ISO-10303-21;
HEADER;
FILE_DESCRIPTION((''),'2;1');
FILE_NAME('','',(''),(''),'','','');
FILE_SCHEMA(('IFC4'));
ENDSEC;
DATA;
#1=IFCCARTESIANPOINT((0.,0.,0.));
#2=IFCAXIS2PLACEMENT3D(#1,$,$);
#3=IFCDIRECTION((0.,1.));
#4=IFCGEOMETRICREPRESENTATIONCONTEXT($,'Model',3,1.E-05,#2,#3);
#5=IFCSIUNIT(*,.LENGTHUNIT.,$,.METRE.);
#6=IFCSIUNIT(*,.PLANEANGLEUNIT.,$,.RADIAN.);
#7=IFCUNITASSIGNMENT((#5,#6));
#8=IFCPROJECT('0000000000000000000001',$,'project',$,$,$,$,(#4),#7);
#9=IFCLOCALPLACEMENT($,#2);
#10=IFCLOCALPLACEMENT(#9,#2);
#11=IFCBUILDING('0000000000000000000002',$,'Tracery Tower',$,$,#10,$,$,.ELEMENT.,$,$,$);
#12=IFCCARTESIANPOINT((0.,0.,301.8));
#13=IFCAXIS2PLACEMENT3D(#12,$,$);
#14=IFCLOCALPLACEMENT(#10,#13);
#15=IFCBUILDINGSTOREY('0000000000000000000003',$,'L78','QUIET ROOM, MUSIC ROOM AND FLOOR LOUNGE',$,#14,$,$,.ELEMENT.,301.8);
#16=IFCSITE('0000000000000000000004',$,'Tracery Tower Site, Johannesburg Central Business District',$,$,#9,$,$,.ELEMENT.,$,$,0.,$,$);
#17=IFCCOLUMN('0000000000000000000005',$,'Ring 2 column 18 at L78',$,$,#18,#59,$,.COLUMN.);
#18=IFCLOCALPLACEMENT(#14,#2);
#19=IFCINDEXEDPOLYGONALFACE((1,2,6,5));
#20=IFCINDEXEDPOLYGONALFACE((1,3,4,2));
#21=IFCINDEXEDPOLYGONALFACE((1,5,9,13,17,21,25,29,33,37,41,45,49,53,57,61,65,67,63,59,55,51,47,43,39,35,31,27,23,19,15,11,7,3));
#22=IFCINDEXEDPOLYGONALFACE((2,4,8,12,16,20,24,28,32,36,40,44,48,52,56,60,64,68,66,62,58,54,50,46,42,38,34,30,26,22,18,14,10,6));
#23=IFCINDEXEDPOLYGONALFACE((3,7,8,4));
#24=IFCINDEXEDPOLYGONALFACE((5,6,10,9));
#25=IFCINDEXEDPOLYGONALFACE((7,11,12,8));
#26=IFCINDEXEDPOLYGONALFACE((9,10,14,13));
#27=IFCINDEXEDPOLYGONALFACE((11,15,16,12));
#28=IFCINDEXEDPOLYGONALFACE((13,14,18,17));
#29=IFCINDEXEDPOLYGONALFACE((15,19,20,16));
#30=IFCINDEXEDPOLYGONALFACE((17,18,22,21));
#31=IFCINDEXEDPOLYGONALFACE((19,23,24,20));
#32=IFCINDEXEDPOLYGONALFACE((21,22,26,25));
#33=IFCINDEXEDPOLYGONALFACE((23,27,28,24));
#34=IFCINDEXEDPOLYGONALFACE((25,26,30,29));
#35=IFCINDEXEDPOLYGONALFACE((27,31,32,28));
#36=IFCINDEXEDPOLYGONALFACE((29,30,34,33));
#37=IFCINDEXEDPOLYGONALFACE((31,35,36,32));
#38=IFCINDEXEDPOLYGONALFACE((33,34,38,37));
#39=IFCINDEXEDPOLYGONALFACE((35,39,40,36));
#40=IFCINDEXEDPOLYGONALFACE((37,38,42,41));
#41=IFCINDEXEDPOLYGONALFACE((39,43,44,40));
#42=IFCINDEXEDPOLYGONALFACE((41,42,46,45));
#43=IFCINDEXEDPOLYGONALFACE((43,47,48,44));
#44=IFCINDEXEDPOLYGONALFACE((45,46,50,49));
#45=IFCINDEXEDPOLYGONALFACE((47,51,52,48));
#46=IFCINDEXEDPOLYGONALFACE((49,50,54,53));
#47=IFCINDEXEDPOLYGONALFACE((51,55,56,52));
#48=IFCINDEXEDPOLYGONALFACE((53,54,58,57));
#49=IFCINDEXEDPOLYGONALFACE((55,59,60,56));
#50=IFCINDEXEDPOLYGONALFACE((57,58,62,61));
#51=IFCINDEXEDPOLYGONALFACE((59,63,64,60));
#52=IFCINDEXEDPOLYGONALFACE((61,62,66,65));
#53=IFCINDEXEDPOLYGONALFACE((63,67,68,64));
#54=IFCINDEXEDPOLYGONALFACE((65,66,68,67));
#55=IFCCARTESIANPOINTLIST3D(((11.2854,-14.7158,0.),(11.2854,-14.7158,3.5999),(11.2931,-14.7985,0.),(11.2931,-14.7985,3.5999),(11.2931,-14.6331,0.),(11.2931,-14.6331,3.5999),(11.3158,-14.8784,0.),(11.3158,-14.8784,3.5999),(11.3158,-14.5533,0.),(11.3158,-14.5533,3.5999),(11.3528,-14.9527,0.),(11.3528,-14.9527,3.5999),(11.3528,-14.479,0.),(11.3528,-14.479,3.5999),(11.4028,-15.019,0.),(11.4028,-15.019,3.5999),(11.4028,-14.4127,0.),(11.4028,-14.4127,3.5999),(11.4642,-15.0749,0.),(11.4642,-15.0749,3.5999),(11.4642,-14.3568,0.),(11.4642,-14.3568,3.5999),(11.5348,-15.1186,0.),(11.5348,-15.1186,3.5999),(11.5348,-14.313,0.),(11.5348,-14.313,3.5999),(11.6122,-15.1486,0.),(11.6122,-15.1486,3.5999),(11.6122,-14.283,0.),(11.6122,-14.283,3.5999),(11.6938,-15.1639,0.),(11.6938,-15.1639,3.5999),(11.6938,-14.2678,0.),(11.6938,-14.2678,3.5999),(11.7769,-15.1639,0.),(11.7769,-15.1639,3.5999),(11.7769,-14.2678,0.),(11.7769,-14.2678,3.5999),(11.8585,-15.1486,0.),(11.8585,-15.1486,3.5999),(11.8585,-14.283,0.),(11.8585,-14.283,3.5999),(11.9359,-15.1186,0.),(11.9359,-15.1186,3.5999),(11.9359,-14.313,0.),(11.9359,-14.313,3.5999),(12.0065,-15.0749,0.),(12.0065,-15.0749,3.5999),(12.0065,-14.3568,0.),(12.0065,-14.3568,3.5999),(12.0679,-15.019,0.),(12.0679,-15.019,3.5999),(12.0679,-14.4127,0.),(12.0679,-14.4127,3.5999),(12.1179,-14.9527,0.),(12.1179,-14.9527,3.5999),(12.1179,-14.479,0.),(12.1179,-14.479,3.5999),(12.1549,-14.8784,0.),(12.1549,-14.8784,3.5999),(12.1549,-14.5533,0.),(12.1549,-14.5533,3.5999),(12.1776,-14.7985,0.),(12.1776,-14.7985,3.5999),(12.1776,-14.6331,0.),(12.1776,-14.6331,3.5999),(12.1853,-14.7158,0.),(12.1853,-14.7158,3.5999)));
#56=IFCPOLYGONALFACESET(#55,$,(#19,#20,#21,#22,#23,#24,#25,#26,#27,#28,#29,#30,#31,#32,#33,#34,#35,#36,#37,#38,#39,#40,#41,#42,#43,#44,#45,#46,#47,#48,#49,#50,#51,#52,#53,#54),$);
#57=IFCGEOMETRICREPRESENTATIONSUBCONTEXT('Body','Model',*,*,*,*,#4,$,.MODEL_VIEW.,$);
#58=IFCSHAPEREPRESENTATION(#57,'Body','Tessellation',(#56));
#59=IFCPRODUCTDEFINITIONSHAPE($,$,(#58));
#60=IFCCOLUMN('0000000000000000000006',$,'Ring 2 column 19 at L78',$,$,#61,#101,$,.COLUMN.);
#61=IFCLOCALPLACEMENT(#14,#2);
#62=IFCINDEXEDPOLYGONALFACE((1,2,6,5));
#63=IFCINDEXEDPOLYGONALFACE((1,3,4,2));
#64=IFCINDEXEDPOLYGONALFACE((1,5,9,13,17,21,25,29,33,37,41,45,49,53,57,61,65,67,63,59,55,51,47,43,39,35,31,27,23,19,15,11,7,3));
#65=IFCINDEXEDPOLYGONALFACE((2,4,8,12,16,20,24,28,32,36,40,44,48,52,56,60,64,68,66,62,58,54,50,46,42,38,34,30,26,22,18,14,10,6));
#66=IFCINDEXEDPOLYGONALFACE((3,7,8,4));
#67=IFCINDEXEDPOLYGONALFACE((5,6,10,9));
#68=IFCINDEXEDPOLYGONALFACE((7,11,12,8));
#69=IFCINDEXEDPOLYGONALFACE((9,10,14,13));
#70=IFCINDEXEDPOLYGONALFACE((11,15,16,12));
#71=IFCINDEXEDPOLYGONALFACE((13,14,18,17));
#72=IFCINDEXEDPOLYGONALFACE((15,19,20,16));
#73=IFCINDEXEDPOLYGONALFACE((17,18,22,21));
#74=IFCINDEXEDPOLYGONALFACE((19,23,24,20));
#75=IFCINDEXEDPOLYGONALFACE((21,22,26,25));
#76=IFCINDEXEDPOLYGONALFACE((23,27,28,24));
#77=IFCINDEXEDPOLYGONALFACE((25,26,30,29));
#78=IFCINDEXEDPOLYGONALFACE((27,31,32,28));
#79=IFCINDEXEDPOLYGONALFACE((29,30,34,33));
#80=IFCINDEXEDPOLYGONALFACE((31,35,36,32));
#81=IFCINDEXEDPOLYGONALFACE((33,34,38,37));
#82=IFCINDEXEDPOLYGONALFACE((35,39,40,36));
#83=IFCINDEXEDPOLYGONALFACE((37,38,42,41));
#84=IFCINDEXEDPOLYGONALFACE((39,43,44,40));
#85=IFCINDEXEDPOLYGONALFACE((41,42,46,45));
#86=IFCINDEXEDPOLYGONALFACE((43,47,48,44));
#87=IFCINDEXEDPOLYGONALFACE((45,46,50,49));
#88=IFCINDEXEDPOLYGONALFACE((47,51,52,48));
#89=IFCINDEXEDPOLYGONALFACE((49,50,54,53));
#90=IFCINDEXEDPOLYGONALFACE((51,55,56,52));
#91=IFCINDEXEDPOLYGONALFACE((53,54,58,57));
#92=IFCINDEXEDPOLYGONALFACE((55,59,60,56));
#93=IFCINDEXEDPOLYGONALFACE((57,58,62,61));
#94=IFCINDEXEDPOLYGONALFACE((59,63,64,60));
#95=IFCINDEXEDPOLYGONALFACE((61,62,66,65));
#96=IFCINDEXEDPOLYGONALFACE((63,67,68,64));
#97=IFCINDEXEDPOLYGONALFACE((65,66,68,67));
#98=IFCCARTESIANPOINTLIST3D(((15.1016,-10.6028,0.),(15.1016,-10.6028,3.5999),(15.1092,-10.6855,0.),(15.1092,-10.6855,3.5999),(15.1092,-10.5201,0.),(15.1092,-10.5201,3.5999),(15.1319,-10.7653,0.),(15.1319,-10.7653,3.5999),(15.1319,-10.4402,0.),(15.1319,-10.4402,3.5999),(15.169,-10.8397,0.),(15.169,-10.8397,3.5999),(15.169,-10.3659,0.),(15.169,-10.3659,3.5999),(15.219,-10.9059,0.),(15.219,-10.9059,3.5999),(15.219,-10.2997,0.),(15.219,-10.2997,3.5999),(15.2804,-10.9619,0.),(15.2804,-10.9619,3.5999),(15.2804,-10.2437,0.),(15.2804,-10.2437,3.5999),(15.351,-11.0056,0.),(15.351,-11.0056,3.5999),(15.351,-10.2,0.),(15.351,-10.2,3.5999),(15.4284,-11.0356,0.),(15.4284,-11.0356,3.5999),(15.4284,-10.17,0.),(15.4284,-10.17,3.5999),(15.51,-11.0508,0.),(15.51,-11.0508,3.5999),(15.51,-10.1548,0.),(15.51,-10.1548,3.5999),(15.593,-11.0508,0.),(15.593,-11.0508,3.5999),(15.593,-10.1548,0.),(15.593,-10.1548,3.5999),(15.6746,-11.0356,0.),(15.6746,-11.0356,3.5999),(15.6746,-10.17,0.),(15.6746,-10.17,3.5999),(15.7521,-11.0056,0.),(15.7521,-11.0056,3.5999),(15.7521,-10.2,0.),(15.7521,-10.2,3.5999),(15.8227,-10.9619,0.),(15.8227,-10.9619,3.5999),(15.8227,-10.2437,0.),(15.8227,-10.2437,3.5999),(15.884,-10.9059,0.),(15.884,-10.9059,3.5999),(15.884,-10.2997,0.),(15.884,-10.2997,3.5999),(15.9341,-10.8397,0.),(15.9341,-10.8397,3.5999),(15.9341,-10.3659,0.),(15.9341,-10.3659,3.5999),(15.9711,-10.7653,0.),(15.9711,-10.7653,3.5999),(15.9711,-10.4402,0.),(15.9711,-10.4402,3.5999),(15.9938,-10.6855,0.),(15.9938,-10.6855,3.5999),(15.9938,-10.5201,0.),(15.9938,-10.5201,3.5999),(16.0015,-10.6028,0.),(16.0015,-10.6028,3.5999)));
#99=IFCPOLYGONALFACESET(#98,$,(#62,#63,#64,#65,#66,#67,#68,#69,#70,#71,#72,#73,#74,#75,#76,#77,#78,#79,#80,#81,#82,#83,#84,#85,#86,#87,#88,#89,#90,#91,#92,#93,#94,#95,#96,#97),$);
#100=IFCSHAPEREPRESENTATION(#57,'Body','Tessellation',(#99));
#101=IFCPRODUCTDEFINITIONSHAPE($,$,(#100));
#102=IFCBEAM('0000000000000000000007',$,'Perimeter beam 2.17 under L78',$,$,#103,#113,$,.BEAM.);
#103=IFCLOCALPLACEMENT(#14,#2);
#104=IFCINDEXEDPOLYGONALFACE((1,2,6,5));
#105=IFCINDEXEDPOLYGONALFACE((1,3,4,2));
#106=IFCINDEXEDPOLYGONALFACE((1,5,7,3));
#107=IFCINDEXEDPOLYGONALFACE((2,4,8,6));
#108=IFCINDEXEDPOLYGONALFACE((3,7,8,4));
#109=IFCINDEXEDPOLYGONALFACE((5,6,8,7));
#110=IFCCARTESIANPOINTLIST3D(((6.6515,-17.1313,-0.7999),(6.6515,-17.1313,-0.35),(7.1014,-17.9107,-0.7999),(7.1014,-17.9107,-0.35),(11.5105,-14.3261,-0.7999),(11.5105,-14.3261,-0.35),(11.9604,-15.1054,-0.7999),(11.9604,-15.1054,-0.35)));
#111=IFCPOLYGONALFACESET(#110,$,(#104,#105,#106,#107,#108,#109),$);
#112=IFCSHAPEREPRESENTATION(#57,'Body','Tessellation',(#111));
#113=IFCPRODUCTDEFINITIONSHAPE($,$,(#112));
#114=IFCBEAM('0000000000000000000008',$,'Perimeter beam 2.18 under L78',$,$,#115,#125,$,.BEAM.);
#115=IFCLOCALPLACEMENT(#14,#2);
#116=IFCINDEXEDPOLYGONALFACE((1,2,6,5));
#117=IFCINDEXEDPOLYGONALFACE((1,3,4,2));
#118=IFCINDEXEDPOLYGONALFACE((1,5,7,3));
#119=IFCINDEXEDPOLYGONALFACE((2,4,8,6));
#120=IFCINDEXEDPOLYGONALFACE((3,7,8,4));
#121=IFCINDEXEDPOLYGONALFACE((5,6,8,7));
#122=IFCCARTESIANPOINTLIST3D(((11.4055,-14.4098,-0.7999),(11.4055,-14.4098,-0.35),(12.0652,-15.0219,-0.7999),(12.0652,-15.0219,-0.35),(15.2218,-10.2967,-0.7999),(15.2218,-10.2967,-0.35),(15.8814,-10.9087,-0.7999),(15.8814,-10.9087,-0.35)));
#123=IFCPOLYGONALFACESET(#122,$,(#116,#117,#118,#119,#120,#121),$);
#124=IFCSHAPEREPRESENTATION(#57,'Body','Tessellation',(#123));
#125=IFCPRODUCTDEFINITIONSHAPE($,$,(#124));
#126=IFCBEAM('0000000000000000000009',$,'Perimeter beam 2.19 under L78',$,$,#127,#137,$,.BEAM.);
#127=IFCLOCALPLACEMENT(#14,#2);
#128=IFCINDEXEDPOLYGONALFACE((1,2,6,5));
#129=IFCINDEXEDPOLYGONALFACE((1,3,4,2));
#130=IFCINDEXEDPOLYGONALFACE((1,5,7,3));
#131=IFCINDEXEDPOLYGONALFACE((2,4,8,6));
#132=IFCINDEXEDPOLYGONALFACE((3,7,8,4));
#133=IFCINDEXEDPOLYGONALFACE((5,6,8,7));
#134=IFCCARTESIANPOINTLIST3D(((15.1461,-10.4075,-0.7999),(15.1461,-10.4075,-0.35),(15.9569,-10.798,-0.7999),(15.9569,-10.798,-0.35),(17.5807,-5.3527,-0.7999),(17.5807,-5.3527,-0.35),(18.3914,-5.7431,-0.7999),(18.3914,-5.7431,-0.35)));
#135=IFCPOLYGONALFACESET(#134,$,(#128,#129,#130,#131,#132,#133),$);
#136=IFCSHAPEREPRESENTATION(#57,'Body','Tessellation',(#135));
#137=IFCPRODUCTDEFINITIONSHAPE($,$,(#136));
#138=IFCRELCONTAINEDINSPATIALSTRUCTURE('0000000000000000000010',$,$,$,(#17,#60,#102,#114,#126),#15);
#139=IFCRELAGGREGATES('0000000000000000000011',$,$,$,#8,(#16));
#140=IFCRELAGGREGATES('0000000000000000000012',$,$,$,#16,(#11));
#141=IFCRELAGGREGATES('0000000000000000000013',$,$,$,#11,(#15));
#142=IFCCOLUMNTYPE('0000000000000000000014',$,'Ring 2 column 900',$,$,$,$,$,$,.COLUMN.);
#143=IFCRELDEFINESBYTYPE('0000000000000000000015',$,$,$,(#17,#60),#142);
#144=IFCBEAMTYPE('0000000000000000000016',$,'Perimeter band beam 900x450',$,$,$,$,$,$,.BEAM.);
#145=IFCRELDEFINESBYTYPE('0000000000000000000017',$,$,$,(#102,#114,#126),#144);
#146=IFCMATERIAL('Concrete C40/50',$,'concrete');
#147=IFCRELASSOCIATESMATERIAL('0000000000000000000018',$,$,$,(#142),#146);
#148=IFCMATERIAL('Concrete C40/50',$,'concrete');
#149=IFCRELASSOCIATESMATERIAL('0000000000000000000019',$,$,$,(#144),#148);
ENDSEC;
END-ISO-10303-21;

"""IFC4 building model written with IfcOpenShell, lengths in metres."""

from ifc_helpers import new_model, si_unit, direction, frame, origin, origin_2d, place, context, subcontext, project, spatial, rectangle, circle, extrude, material, material_profile, profile_set, type_object, element, save


model = new_model("IFC4")

# Units and contexts
model_context = context("Model", 3, precision=1e-05, world=origin(), true_north=direction((0.0, 1.0)))
body_context = subcontext(model_context, "Body", "Model", "MODEL_VIEW")
ifc_project = project(units=[si_unit("LENGTHUNIT", "METRE"), si_unit("PLANEANGLEUNIT", "RADIAN")], contexts=[model_context])

# Site, building, storey
site_placement = place(None, origin())
site = spatial("IfcSite", under=ifc_project, at=site_placement, Name="Tracery Tower Site, Johannesburg Central Business District", CompositionType="ELEMENT", RefElevation=0.0)
building_placement = place(site_placement, origin())
building = spatial("IfcBuilding", under=site, at=building_placement, Name="Tracery Tower", CompositionType="ELEMENT")
storey_placement = place(building_placement, frame((0.0, 0.0, 301.8)))
storey = spatial("IfcBuildingStorey", under=building, at=storey_placement, Name="L78", Description="QUIET ROOM, MUSIC ROOM AND FLOOR LOUNGE", CompositionType="ELEMENT", Elevation=301.8)

# Columns
ifc_material_1 = material(Name="Concrete C40/50", Category="concrete")
ifc_material_profile_1 = material_profile(ifc_material_1, circle(Radius=0.45, at=origin_2d()), Name="RC D900")
ifc_profile_set_1 = profile_set([ifc_material_profile_1], Name="Concrete C40/50")
column_type = type_object("IfcColumnType", Name="Ring 2 column 900", PredefinedType="COLUMN", material=ifc_profile_set_1)
for number, where, z_axis, x_axis, name in (
    (1, (11.7354, -14.7158, 0.0), (0.0, 0.0, 1.0), (1.0, 0.0, 0.0), "Ring 2 column 18 at L78"),
    (2, (15.5515, -10.6028, 0.0), (0.0, 0.0, 1.0), (1.0, 0.0, 0.0), "Ring 2 column 19 at L78"),
):
    element("IfcColumn", number, at=place(storey_placement, frame(where, z_axis=z_axis, x_axis=x_axis)), inside=storey, type_object=column_type, Name=name, PredefinedType="COLUMN", context=body_context, shape_type="SweptSolid", body=[
        extrude(circle(Radius=0.45, at=origin_2d()), origin(), (0.0, 0.0, 1.0), 3.5999),
    ])

# Beams
ifc_material_2 = material(Name="Concrete C40/50", Category="concrete")
ifc_material_profile_2 = material_profile(ifc_material_2, rectangle(XDim=0.8999, YDim=0.45, at=origin_2d()), Name="RC 900x450")
ifc_profile_set_2 = profile_set([ifc_material_profile_2], Name="Concrete C40/50")
beam_type = type_object("IfcBeamType", Name="Perimeter band beam 900x450", PredefinedType="BEAM", material=ifc_profile_set_2)
beam_1_placement = place(storey_placement, frame((6.8765, -17.521, -0.575), z_axis=(0.866033, 0.499986, 0.0), x_axis=(-0.499986, 0.866033, 0.0)))
element("IfcBeam", 3, at=beam_1_placement, inside=storey, type_object=beam_type, Name="Perimeter beam 2.17 under L78", PredefinedType="BEAM", context=body_context, shape_type="SweptSolid", body=[
    extrude(rectangle(XDim=0.8999, YDim=0.45, at=origin_2d()), origin(), (0.0, 0.0, 1.0), 5.6106),
])
beam_2_placement = place(storey_placement, frame((11.7354, -14.7158, -0.575), z_axis=(0.680156, 0.733068, 0.0), x_axis=(-0.733068, 0.680156, 0.0)))
element("IfcBeam", 4, at=beam_2_placement, inside=storey, type_object=beam_type, Name="Perimeter beam 2.18 under L78", PredefinedType="BEAM", context=body_context, shape_type="SweptSolid", body=[
    extrude(rectangle(XDim=0.8999, YDim=0.45, at=origin_2d()), origin(), (0.0, 0.0, 1.0), 5.6108),
])
beam_3_placement = place(storey_placement, frame((15.5515, -10.6028, -0.575), z_axis=(0.433919, 0.900952, 0.0), x_axis=(-0.900952, 0.433919, 0.0)))
element("IfcBeam", 5, at=beam_3_placement, inside=storey, type_object=beam_type, Name="Perimeter beam 2.19 under L78", PredefinedType="BEAM", context=body_context, shape_type="SweptSolid", body=[
    extrude(rectangle(XDim=0.8999, YDim=0.45, at=origin_2d()), origin(), (0.0, 0.0, 1.0), 5.6106),
])

save(model, "model.ifc")
